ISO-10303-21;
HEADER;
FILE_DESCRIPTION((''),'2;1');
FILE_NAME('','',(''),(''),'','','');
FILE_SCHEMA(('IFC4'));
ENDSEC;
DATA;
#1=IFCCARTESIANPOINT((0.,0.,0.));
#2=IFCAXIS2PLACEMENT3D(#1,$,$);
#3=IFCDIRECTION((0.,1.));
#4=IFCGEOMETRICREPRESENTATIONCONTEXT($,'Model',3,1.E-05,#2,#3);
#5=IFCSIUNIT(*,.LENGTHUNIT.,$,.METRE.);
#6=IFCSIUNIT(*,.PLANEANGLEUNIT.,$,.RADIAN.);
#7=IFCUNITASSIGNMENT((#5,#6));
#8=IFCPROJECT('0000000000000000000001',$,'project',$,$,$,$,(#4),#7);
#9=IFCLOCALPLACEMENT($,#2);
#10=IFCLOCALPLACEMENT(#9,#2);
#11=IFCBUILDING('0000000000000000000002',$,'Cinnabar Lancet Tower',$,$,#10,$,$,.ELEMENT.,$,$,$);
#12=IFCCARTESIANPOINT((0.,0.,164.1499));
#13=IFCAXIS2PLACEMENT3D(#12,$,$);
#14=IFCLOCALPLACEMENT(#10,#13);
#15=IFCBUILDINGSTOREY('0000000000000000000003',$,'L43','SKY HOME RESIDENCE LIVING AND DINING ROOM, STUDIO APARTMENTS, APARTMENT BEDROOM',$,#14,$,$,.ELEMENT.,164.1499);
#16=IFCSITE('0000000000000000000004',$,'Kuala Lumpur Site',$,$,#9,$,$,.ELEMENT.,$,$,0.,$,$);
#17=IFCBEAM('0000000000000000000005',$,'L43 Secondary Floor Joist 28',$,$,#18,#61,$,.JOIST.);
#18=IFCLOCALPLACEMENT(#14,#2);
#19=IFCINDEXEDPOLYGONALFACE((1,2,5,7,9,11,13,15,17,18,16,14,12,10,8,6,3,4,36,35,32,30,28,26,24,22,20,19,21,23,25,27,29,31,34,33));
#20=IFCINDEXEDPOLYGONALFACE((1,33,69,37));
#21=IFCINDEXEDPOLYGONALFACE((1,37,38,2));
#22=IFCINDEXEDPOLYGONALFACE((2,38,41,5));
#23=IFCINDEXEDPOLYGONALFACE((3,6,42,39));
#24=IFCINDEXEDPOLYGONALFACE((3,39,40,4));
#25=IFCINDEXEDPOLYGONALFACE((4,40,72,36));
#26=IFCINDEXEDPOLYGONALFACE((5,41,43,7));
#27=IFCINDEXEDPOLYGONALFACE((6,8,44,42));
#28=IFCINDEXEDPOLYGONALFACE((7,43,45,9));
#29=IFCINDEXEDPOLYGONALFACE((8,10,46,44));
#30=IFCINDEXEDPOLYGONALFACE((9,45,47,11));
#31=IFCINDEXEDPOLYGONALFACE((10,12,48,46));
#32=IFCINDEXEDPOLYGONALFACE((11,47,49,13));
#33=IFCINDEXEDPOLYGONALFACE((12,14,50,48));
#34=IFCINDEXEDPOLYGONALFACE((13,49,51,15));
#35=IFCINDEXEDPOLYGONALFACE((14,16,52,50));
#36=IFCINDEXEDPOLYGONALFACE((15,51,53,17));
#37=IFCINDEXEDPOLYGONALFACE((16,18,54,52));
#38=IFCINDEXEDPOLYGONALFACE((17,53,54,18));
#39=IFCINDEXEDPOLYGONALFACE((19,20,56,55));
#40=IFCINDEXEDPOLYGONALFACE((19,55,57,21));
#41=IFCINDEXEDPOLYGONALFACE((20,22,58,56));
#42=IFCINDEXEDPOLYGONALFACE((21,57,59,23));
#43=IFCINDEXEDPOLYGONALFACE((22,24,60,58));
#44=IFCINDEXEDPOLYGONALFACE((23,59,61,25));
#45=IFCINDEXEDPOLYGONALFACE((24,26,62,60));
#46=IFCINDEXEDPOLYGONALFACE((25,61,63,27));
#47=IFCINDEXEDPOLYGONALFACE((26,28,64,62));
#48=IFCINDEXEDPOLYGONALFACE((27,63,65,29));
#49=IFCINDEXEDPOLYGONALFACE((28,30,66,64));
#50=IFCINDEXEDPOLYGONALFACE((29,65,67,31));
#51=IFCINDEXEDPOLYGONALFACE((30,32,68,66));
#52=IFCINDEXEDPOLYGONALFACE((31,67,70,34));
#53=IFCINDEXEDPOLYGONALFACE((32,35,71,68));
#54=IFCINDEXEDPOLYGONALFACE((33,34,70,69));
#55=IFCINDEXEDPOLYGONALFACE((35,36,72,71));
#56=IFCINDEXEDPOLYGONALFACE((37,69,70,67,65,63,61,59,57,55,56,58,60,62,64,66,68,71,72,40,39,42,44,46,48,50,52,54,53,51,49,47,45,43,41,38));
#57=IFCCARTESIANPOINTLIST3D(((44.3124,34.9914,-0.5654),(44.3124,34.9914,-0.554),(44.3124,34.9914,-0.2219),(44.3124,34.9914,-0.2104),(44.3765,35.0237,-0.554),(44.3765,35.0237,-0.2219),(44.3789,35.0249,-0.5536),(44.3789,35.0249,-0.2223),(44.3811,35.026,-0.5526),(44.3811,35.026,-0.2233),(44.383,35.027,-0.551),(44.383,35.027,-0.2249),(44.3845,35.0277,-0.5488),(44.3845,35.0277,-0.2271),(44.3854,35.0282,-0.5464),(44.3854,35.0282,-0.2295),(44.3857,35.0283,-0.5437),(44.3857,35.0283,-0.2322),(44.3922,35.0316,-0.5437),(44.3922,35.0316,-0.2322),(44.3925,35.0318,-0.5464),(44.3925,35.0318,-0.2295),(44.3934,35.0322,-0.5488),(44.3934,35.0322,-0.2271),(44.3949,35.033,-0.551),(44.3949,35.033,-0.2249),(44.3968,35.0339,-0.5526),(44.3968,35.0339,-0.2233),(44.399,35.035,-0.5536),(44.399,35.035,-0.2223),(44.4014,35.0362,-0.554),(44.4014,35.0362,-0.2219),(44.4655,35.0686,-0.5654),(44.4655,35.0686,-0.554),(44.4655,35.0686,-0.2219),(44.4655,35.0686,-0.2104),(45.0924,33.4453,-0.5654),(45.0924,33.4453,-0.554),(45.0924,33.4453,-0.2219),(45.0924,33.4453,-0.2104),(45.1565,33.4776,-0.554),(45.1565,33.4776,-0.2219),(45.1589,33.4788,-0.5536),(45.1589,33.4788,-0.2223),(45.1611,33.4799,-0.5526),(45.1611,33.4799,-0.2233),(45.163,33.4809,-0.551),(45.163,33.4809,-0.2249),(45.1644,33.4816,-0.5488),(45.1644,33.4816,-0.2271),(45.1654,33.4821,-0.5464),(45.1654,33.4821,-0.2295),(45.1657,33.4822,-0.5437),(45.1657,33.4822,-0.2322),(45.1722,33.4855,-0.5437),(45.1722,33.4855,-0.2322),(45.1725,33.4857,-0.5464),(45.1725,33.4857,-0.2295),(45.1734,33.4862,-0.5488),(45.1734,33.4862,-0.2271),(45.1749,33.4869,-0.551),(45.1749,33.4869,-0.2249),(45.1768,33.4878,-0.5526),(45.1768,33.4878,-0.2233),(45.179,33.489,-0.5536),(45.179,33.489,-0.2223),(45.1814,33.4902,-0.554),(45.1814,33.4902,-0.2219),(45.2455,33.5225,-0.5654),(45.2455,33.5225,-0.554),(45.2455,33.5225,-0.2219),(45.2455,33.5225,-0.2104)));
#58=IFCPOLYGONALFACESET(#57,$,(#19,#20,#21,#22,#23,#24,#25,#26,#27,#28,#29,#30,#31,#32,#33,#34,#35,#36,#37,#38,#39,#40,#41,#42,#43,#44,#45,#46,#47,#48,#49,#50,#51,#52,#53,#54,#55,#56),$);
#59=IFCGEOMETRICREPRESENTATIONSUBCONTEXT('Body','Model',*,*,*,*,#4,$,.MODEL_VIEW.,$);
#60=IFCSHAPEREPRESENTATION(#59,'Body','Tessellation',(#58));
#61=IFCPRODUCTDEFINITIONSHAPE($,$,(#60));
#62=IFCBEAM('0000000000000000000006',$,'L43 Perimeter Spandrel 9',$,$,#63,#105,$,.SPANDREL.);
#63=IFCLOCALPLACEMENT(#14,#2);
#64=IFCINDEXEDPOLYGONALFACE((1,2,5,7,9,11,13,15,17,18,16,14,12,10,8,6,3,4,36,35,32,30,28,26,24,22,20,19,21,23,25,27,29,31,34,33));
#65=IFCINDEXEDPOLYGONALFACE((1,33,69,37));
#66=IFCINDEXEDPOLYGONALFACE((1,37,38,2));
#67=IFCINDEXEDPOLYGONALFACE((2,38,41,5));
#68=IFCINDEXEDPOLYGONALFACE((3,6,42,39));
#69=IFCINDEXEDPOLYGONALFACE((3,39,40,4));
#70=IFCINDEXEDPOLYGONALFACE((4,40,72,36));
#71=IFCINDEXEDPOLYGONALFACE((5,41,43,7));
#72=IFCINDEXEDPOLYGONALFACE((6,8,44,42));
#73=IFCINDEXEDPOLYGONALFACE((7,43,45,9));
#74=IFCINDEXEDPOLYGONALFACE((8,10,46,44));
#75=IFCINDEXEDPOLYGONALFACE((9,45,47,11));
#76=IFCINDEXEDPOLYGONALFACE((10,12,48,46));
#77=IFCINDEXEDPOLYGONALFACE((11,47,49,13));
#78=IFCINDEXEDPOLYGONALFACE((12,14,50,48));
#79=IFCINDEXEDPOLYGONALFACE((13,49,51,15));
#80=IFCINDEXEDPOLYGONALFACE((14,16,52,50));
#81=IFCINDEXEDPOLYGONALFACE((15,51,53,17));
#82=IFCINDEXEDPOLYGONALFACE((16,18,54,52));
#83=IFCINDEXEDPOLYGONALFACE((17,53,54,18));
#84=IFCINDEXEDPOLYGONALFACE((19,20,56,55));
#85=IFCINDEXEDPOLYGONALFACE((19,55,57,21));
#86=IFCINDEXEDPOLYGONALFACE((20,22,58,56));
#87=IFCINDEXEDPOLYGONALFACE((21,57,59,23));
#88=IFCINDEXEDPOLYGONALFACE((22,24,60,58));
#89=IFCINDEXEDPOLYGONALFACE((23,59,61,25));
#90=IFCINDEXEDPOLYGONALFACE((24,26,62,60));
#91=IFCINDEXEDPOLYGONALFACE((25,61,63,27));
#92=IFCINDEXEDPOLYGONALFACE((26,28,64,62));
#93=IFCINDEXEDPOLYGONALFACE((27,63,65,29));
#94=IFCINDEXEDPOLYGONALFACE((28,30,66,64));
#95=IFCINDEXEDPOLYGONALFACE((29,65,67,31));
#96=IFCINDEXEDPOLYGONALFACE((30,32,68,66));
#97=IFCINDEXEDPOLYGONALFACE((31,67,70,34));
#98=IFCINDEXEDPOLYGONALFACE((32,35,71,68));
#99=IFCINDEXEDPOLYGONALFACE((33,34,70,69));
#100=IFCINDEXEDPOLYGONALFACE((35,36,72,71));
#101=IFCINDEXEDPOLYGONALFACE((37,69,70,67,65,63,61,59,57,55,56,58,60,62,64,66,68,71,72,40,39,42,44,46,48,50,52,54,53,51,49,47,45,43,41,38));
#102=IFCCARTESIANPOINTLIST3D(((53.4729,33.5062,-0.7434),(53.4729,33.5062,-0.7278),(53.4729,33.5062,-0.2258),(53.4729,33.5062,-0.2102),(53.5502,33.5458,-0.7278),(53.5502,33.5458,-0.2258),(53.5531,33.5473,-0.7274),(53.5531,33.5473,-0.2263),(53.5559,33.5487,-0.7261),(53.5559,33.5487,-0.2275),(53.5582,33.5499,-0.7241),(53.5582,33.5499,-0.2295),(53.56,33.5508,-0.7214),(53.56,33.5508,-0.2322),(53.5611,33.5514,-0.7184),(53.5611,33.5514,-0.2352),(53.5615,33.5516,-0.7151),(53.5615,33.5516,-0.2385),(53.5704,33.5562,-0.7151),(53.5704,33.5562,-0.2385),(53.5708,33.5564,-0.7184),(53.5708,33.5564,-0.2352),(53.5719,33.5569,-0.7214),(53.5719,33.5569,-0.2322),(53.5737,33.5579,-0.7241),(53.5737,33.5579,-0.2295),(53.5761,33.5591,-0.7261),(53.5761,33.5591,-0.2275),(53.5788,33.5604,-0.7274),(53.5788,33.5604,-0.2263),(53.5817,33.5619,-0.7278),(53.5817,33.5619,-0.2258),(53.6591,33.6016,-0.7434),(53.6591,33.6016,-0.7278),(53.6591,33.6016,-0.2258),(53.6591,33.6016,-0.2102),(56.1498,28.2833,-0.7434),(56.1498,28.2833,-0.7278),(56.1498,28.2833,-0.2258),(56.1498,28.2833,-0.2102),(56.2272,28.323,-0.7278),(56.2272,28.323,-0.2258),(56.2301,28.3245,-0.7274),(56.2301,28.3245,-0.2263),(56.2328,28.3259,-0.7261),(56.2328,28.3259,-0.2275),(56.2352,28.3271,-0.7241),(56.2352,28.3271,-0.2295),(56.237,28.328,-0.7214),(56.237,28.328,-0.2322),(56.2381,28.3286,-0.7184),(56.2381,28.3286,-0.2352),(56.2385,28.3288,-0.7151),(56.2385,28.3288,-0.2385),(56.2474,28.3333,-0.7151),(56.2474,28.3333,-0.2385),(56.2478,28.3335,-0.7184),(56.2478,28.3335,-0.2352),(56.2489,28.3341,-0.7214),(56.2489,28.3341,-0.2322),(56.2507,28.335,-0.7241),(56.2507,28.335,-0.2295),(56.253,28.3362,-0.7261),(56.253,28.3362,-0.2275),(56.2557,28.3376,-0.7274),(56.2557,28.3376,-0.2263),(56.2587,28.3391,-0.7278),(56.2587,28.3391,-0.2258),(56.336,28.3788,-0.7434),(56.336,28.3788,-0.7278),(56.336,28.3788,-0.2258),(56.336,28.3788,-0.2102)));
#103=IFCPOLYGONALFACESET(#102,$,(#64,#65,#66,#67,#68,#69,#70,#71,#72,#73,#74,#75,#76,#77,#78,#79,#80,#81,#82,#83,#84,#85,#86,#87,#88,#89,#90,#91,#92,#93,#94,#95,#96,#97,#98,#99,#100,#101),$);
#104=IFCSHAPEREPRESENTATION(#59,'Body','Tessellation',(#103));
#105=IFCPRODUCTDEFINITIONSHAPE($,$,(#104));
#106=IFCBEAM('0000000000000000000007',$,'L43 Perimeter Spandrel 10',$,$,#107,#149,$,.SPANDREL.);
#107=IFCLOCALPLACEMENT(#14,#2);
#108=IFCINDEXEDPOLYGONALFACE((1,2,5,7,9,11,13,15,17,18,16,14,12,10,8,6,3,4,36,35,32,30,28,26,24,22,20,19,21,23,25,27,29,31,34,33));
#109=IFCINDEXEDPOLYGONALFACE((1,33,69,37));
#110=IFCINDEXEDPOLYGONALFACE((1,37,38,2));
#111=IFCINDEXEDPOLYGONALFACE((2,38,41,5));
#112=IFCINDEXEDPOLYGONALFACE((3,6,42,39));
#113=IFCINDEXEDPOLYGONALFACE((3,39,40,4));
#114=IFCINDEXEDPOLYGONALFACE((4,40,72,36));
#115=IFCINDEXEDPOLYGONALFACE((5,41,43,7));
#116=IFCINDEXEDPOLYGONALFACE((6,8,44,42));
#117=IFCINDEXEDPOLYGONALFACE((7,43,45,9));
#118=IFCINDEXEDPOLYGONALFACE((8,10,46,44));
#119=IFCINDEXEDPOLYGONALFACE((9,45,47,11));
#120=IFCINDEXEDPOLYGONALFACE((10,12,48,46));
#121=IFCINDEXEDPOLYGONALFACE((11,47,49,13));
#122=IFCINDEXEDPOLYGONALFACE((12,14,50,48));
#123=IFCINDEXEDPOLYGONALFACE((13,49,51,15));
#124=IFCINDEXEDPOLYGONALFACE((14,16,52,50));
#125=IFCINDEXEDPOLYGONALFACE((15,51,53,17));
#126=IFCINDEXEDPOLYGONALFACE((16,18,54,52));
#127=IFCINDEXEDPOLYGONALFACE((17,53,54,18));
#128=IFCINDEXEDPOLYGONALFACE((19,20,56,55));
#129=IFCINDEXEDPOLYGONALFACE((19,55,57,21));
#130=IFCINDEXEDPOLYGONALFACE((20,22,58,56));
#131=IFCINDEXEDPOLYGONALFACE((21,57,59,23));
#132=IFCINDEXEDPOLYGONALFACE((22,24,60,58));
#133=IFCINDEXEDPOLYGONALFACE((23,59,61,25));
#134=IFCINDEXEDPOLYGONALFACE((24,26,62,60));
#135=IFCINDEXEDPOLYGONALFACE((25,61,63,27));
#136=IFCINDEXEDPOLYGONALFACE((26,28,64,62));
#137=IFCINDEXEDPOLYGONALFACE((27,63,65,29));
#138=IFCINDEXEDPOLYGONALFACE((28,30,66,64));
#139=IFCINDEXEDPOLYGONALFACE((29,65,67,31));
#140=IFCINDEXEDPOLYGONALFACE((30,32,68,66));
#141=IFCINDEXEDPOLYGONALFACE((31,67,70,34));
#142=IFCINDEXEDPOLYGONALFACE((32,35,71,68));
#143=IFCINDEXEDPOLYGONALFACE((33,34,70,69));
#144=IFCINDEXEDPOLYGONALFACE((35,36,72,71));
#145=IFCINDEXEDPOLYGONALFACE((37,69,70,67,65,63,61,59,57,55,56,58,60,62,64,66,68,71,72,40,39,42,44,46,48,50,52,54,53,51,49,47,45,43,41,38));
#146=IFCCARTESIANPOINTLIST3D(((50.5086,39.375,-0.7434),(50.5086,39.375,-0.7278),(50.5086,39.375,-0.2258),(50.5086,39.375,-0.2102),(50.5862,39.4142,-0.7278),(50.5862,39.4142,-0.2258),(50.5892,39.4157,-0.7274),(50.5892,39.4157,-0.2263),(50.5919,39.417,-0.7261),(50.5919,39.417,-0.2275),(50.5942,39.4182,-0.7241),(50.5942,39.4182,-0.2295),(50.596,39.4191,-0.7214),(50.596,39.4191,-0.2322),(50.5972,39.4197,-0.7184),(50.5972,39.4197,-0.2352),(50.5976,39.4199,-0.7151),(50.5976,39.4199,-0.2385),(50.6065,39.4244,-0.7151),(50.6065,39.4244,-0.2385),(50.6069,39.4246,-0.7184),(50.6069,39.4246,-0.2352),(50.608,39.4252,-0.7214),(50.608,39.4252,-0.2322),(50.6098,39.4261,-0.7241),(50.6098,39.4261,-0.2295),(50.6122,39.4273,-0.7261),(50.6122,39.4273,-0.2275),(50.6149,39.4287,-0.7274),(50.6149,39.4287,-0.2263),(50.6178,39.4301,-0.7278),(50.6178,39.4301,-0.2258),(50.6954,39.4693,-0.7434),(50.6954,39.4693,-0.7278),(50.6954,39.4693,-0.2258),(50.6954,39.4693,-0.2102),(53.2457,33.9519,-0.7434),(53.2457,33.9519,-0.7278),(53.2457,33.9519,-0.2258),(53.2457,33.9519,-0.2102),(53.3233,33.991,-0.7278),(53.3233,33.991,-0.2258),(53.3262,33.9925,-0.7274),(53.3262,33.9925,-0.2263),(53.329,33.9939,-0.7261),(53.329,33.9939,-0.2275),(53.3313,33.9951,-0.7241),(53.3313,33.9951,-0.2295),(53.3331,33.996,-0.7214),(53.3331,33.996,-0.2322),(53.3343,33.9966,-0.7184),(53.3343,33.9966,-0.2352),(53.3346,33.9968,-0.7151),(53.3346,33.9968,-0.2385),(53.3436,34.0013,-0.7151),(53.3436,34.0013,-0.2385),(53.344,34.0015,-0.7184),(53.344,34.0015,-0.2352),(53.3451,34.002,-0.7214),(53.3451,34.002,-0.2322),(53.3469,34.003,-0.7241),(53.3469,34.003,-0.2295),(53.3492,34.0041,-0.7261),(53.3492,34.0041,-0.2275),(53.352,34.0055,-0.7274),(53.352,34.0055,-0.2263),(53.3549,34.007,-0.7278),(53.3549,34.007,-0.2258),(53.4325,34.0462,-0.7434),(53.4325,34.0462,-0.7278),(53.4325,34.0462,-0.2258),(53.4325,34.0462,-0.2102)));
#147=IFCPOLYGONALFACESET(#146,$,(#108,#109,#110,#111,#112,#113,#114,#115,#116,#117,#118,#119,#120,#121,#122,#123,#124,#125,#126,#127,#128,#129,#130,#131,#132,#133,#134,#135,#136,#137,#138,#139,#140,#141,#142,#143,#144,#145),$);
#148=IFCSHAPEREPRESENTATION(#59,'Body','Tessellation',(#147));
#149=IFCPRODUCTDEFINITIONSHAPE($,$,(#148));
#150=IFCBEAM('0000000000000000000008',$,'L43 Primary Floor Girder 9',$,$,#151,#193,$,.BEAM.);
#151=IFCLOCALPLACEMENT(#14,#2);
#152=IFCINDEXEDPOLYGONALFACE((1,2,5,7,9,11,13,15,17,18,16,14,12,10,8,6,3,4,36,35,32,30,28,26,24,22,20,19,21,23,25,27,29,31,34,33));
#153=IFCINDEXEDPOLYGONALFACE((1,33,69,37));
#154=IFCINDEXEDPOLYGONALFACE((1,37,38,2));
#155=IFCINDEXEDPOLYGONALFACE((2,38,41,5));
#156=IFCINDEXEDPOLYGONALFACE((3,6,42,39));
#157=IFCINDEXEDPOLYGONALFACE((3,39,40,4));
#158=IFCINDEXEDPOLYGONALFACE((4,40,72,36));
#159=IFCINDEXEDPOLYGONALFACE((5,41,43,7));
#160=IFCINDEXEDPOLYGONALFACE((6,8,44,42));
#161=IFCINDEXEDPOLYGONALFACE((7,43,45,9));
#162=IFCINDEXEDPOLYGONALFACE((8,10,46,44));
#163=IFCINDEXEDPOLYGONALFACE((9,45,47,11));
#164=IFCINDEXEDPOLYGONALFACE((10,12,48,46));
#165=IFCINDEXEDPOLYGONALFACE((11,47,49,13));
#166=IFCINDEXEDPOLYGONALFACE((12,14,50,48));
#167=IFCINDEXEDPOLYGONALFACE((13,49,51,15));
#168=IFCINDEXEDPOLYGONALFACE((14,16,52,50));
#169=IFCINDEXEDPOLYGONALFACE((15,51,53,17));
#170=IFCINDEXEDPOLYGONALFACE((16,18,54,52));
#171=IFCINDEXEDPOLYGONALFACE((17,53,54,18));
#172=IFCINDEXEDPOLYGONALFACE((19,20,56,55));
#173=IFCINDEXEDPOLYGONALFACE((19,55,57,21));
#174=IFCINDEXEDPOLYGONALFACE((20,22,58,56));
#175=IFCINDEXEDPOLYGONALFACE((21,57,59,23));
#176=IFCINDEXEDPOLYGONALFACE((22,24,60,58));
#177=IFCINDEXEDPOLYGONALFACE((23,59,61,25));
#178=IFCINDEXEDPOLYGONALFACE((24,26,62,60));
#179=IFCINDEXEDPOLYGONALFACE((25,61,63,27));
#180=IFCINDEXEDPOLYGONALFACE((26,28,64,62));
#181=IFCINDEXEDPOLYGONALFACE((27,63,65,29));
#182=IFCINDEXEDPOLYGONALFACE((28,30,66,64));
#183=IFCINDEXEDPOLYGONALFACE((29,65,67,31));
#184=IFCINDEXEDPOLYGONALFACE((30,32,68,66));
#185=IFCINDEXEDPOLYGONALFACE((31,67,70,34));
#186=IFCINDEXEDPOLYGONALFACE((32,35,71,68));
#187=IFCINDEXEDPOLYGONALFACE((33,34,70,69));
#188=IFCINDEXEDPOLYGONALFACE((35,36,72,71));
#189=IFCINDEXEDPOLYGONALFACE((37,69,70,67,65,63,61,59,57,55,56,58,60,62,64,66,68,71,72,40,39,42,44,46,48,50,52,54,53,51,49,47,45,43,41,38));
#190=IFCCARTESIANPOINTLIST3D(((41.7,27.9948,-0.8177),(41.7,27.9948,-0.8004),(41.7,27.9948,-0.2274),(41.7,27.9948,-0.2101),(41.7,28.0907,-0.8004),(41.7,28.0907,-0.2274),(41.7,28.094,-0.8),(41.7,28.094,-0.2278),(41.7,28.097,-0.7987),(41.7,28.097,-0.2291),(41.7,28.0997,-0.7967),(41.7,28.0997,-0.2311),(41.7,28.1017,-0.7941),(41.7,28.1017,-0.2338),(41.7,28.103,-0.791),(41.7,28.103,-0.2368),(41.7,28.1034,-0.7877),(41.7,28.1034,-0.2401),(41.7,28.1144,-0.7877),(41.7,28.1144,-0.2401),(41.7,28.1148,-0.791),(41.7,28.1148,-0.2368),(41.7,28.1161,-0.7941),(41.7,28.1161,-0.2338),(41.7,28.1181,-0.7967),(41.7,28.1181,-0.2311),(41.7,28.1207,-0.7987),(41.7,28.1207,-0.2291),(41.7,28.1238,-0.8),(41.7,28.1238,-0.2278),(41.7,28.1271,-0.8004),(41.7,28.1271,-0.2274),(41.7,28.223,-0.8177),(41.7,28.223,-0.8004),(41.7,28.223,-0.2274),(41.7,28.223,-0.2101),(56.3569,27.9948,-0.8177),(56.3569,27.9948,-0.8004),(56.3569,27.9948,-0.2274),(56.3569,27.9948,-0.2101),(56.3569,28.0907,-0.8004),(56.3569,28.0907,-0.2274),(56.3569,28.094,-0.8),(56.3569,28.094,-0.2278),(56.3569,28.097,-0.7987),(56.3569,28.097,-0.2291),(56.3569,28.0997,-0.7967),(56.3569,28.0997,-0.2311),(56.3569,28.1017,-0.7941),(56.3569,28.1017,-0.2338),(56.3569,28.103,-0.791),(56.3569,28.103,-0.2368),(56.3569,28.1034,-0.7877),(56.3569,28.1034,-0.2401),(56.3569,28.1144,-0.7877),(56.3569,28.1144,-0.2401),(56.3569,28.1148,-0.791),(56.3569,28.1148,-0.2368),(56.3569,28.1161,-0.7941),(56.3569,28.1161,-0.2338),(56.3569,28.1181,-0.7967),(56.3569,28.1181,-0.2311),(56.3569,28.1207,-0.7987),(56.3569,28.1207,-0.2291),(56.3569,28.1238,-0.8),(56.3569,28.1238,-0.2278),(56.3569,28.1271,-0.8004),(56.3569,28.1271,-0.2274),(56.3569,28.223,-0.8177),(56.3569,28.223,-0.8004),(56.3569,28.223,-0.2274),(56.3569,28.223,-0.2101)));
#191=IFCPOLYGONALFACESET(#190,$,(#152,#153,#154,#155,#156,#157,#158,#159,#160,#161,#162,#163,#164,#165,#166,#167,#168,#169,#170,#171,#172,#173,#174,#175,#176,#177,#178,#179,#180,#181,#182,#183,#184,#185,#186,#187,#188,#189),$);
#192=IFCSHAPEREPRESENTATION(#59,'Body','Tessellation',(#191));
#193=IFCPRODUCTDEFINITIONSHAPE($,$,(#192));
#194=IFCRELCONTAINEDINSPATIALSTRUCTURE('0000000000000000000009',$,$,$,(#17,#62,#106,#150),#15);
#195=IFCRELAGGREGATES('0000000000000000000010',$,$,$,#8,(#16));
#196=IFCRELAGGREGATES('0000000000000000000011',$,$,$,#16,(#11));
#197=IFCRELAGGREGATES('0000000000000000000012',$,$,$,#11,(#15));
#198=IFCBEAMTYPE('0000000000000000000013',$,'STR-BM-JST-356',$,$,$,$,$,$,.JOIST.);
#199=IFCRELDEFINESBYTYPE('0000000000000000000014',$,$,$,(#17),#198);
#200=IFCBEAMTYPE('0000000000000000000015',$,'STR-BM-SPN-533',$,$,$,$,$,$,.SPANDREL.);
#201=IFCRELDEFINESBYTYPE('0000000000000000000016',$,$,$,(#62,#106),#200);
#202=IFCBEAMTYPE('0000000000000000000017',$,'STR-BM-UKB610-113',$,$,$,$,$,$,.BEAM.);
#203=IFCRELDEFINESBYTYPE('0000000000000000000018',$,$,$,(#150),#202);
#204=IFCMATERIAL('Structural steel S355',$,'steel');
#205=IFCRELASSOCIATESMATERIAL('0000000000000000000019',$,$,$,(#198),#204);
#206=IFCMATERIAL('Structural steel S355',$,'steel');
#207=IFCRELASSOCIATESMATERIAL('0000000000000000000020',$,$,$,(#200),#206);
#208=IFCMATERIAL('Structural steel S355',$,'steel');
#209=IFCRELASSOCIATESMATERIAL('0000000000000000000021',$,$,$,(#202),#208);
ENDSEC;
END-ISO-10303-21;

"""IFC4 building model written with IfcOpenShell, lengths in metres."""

from ifc_helpers import new_model, si_unit, direction, frame, origin, origin_2d, place, context, subcontext, project, spatial, i_section, extrude, material, material_profile, profile_set, type_object, element, save


model = new_model("IFC4")

# Units and contexts
model_context = context("Model", 3, precision=1e-05, world=origin(), true_north=direction((0.0, 1.0)))
body_context = subcontext(model_context, "Body", "Model", "MODEL_VIEW")
ifc_project = project(units=[si_unit("LENGTHUNIT", "METRE"), si_unit("PLANEANGLEUNIT", "RADIAN")], contexts=[model_context])

# Site, building, storey
site_placement = place(None, origin())
site = spatial("IfcSite", under=ifc_project, at=site_placement, Name="Kuala Lumpur Site", CompositionType="ELEMENT", RefElevation=0.0)
building_placement = place(site_placement, origin())
building = spatial("IfcBuilding", under=site, at=building_placement, Name="Cinnabar Lancet Tower", CompositionType="ELEMENT")
storey_placement = place(building_placement, frame((0.0, 0.0, 164.1499)))
storey = spatial("IfcBuildingStorey", under=building, at=storey_placement, Name="L43", Description="SKY HOME RESIDENCE LIVING AND DINING ROOM, STUDIO APARTMENTS, APARTMENT BEDROOM", CompositionType="ELEMENT", Elevation=164.1499)

# Beams
ifc_material_1 = material(Name="Structural steel S355", Category="steel")
ifc_material_profile_1 = material_profile(ifc_material_1, i_section(OverallWidth=0.1714, OverallDepth=0.355, WebThickness=0.0073, FlangeThickness=0.0115, FilletRadius=0.0103, at=origin_2d()), Name="UKB 356x171x51")
ifc_profile_set_1 = profile_set([ifc_material_profile_1], Name="Structural steel S355")
beam_type_1 = type_object("IfcBeamType", Name="STR-BM-JST-356", PredefinedType="JOIST", material=ifc_profile_set_1)
beam_1_placement = place(storey_placement, frame((45.1689, 33.4839, -0.3879), z_axis=(-0.450425, 0.892814, 0.0), x_axis=(-0.892814, -0.450425, 0.0)))
element("IfcBeam", 1, at=beam_1_placement, inside=storey, type_object=beam_type_1, Name="L43 Secondary Floor Joist 28", PredefinedType="JOIST", context=body_context, shape_type="SweptSolid", body=[
    extrude(i_section(OverallWidth=0.1714, OverallDepth=0.355, WebThickness=0.0073, FlangeThickness=0.0115, FilletRadius=0.0103, at=origin_2d()), origin(), (0.0, 0.0, 1.0), 1.7317),
])
ifc_material_2 = material(Name="Structural steel S355", Category="steel")
ifc_material_profile_2 = material_profile(ifc_material_2, i_section(OverallWidth=0.2092, OverallDepth=0.5332, WebThickness=0.01, FlangeThickness=0.0156, FilletRadius=0.0127, at=origin_2d()), Name="UKB 533x210x92")
ifc_profile_set_2 = profile_set([ifc_material_profile_2], Name="Structural steel S355")
beam_type_2 = type_object("IfcBeamType", Name="STR-BM-SPN-533", PredefinedType="SPANDREL", material=ifc_profile_set_2)
beam_2_placement = place(storey_placement, frame((56.2429, 28.3311, -0.4768), z_axis=(-0.456127, 0.889915, 0.0), x_axis=(-0.889915, -0.456127, 0.0)))
element("IfcBeam", 2, at=beam_2_placement, inside=storey, type_object=beam_type_2, Name="L43 Perimeter Spandrel 9", PredefinedType="SPANDREL", context=body_context, shape_type="SweptSolid", body=[
    extrude(i_section(OverallWidth=0.2092, OverallDepth=0.5332, WebThickness=0.01, FlangeThickness=0.0156, FilletRadius=0.0127, at=origin_2d()), origin(), (0.0, 0.0, 1.0), 5.8689),
])
beam_3_placement = place(storey_placement, frame((53.3391, 33.999, -0.4768), z_axis=(-0.45057, 0.892741, 0.0), x_axis=(-0.892741, -0.45057, 0.0)))
element("IfcBeam", 3, at=beam_3_placement, inside=storey, type_object=beam_type_2, Name="L43 Perimeter Spandrel 10", PredefinedType="SPANDREL", context=body_context, shape_type="SweptSolid", body=[
    extrude(i_section(OverallWidth=0.2092, OverallDepth=0.5332, WebThickness=0.01, FlangeThickness=0.0156, FilletRadius=0.0127, at=origin_2d()), origin(), (0.0, 0.0, 1.0), 6.0747),
])
ifc_material_3 = material(Name="Structural steel S355", Category="steel")
ifc_material_profile_3 = material_profile(ifc_material_3, i_section(OverallWidth=0.2283, OverallDepth=0.6077, WebThickness=0.011, FlangeThickness=0.0173, FilletRadius=0.0127, at=origin_2d()), Name="UKB 610x229x113")
ifc_profile_set_3 = profile_set([ifc_material_profile_3], Name="Structural steel S355")
beam_type_3 = type_object("IfcBeamType", Name="STR-BM-UKB610-113", PredefinedType="BEAM", material=ifc_profile_set_3)
beam_4_placement = place(storey_placement, frame((56.3569, 28.1089, -0.5139), z_axis=(-1.0, 0.0, 0.0), x_axis=(0.0, -1.0, 0.0)))
element("IfcBeam", 4, at=beam_4_placement, inside=storey, type_object=beam_type_3, Name="L43 Primary Floor Girder 9", PredefinedType="BEAM", context=body_context, shape_type="SweptSolid", body=[
    extrude(i_section(OverallWidth=0.2283, OverallDepth=0.6077, WebThickness=0.011, FlangeThickness=0.0173, FilletRadius=0.0127, at=origin_2d()), origin(), (0.0, 0.0, 1.0), 14.657),
])

save(model, "model.ifc")
